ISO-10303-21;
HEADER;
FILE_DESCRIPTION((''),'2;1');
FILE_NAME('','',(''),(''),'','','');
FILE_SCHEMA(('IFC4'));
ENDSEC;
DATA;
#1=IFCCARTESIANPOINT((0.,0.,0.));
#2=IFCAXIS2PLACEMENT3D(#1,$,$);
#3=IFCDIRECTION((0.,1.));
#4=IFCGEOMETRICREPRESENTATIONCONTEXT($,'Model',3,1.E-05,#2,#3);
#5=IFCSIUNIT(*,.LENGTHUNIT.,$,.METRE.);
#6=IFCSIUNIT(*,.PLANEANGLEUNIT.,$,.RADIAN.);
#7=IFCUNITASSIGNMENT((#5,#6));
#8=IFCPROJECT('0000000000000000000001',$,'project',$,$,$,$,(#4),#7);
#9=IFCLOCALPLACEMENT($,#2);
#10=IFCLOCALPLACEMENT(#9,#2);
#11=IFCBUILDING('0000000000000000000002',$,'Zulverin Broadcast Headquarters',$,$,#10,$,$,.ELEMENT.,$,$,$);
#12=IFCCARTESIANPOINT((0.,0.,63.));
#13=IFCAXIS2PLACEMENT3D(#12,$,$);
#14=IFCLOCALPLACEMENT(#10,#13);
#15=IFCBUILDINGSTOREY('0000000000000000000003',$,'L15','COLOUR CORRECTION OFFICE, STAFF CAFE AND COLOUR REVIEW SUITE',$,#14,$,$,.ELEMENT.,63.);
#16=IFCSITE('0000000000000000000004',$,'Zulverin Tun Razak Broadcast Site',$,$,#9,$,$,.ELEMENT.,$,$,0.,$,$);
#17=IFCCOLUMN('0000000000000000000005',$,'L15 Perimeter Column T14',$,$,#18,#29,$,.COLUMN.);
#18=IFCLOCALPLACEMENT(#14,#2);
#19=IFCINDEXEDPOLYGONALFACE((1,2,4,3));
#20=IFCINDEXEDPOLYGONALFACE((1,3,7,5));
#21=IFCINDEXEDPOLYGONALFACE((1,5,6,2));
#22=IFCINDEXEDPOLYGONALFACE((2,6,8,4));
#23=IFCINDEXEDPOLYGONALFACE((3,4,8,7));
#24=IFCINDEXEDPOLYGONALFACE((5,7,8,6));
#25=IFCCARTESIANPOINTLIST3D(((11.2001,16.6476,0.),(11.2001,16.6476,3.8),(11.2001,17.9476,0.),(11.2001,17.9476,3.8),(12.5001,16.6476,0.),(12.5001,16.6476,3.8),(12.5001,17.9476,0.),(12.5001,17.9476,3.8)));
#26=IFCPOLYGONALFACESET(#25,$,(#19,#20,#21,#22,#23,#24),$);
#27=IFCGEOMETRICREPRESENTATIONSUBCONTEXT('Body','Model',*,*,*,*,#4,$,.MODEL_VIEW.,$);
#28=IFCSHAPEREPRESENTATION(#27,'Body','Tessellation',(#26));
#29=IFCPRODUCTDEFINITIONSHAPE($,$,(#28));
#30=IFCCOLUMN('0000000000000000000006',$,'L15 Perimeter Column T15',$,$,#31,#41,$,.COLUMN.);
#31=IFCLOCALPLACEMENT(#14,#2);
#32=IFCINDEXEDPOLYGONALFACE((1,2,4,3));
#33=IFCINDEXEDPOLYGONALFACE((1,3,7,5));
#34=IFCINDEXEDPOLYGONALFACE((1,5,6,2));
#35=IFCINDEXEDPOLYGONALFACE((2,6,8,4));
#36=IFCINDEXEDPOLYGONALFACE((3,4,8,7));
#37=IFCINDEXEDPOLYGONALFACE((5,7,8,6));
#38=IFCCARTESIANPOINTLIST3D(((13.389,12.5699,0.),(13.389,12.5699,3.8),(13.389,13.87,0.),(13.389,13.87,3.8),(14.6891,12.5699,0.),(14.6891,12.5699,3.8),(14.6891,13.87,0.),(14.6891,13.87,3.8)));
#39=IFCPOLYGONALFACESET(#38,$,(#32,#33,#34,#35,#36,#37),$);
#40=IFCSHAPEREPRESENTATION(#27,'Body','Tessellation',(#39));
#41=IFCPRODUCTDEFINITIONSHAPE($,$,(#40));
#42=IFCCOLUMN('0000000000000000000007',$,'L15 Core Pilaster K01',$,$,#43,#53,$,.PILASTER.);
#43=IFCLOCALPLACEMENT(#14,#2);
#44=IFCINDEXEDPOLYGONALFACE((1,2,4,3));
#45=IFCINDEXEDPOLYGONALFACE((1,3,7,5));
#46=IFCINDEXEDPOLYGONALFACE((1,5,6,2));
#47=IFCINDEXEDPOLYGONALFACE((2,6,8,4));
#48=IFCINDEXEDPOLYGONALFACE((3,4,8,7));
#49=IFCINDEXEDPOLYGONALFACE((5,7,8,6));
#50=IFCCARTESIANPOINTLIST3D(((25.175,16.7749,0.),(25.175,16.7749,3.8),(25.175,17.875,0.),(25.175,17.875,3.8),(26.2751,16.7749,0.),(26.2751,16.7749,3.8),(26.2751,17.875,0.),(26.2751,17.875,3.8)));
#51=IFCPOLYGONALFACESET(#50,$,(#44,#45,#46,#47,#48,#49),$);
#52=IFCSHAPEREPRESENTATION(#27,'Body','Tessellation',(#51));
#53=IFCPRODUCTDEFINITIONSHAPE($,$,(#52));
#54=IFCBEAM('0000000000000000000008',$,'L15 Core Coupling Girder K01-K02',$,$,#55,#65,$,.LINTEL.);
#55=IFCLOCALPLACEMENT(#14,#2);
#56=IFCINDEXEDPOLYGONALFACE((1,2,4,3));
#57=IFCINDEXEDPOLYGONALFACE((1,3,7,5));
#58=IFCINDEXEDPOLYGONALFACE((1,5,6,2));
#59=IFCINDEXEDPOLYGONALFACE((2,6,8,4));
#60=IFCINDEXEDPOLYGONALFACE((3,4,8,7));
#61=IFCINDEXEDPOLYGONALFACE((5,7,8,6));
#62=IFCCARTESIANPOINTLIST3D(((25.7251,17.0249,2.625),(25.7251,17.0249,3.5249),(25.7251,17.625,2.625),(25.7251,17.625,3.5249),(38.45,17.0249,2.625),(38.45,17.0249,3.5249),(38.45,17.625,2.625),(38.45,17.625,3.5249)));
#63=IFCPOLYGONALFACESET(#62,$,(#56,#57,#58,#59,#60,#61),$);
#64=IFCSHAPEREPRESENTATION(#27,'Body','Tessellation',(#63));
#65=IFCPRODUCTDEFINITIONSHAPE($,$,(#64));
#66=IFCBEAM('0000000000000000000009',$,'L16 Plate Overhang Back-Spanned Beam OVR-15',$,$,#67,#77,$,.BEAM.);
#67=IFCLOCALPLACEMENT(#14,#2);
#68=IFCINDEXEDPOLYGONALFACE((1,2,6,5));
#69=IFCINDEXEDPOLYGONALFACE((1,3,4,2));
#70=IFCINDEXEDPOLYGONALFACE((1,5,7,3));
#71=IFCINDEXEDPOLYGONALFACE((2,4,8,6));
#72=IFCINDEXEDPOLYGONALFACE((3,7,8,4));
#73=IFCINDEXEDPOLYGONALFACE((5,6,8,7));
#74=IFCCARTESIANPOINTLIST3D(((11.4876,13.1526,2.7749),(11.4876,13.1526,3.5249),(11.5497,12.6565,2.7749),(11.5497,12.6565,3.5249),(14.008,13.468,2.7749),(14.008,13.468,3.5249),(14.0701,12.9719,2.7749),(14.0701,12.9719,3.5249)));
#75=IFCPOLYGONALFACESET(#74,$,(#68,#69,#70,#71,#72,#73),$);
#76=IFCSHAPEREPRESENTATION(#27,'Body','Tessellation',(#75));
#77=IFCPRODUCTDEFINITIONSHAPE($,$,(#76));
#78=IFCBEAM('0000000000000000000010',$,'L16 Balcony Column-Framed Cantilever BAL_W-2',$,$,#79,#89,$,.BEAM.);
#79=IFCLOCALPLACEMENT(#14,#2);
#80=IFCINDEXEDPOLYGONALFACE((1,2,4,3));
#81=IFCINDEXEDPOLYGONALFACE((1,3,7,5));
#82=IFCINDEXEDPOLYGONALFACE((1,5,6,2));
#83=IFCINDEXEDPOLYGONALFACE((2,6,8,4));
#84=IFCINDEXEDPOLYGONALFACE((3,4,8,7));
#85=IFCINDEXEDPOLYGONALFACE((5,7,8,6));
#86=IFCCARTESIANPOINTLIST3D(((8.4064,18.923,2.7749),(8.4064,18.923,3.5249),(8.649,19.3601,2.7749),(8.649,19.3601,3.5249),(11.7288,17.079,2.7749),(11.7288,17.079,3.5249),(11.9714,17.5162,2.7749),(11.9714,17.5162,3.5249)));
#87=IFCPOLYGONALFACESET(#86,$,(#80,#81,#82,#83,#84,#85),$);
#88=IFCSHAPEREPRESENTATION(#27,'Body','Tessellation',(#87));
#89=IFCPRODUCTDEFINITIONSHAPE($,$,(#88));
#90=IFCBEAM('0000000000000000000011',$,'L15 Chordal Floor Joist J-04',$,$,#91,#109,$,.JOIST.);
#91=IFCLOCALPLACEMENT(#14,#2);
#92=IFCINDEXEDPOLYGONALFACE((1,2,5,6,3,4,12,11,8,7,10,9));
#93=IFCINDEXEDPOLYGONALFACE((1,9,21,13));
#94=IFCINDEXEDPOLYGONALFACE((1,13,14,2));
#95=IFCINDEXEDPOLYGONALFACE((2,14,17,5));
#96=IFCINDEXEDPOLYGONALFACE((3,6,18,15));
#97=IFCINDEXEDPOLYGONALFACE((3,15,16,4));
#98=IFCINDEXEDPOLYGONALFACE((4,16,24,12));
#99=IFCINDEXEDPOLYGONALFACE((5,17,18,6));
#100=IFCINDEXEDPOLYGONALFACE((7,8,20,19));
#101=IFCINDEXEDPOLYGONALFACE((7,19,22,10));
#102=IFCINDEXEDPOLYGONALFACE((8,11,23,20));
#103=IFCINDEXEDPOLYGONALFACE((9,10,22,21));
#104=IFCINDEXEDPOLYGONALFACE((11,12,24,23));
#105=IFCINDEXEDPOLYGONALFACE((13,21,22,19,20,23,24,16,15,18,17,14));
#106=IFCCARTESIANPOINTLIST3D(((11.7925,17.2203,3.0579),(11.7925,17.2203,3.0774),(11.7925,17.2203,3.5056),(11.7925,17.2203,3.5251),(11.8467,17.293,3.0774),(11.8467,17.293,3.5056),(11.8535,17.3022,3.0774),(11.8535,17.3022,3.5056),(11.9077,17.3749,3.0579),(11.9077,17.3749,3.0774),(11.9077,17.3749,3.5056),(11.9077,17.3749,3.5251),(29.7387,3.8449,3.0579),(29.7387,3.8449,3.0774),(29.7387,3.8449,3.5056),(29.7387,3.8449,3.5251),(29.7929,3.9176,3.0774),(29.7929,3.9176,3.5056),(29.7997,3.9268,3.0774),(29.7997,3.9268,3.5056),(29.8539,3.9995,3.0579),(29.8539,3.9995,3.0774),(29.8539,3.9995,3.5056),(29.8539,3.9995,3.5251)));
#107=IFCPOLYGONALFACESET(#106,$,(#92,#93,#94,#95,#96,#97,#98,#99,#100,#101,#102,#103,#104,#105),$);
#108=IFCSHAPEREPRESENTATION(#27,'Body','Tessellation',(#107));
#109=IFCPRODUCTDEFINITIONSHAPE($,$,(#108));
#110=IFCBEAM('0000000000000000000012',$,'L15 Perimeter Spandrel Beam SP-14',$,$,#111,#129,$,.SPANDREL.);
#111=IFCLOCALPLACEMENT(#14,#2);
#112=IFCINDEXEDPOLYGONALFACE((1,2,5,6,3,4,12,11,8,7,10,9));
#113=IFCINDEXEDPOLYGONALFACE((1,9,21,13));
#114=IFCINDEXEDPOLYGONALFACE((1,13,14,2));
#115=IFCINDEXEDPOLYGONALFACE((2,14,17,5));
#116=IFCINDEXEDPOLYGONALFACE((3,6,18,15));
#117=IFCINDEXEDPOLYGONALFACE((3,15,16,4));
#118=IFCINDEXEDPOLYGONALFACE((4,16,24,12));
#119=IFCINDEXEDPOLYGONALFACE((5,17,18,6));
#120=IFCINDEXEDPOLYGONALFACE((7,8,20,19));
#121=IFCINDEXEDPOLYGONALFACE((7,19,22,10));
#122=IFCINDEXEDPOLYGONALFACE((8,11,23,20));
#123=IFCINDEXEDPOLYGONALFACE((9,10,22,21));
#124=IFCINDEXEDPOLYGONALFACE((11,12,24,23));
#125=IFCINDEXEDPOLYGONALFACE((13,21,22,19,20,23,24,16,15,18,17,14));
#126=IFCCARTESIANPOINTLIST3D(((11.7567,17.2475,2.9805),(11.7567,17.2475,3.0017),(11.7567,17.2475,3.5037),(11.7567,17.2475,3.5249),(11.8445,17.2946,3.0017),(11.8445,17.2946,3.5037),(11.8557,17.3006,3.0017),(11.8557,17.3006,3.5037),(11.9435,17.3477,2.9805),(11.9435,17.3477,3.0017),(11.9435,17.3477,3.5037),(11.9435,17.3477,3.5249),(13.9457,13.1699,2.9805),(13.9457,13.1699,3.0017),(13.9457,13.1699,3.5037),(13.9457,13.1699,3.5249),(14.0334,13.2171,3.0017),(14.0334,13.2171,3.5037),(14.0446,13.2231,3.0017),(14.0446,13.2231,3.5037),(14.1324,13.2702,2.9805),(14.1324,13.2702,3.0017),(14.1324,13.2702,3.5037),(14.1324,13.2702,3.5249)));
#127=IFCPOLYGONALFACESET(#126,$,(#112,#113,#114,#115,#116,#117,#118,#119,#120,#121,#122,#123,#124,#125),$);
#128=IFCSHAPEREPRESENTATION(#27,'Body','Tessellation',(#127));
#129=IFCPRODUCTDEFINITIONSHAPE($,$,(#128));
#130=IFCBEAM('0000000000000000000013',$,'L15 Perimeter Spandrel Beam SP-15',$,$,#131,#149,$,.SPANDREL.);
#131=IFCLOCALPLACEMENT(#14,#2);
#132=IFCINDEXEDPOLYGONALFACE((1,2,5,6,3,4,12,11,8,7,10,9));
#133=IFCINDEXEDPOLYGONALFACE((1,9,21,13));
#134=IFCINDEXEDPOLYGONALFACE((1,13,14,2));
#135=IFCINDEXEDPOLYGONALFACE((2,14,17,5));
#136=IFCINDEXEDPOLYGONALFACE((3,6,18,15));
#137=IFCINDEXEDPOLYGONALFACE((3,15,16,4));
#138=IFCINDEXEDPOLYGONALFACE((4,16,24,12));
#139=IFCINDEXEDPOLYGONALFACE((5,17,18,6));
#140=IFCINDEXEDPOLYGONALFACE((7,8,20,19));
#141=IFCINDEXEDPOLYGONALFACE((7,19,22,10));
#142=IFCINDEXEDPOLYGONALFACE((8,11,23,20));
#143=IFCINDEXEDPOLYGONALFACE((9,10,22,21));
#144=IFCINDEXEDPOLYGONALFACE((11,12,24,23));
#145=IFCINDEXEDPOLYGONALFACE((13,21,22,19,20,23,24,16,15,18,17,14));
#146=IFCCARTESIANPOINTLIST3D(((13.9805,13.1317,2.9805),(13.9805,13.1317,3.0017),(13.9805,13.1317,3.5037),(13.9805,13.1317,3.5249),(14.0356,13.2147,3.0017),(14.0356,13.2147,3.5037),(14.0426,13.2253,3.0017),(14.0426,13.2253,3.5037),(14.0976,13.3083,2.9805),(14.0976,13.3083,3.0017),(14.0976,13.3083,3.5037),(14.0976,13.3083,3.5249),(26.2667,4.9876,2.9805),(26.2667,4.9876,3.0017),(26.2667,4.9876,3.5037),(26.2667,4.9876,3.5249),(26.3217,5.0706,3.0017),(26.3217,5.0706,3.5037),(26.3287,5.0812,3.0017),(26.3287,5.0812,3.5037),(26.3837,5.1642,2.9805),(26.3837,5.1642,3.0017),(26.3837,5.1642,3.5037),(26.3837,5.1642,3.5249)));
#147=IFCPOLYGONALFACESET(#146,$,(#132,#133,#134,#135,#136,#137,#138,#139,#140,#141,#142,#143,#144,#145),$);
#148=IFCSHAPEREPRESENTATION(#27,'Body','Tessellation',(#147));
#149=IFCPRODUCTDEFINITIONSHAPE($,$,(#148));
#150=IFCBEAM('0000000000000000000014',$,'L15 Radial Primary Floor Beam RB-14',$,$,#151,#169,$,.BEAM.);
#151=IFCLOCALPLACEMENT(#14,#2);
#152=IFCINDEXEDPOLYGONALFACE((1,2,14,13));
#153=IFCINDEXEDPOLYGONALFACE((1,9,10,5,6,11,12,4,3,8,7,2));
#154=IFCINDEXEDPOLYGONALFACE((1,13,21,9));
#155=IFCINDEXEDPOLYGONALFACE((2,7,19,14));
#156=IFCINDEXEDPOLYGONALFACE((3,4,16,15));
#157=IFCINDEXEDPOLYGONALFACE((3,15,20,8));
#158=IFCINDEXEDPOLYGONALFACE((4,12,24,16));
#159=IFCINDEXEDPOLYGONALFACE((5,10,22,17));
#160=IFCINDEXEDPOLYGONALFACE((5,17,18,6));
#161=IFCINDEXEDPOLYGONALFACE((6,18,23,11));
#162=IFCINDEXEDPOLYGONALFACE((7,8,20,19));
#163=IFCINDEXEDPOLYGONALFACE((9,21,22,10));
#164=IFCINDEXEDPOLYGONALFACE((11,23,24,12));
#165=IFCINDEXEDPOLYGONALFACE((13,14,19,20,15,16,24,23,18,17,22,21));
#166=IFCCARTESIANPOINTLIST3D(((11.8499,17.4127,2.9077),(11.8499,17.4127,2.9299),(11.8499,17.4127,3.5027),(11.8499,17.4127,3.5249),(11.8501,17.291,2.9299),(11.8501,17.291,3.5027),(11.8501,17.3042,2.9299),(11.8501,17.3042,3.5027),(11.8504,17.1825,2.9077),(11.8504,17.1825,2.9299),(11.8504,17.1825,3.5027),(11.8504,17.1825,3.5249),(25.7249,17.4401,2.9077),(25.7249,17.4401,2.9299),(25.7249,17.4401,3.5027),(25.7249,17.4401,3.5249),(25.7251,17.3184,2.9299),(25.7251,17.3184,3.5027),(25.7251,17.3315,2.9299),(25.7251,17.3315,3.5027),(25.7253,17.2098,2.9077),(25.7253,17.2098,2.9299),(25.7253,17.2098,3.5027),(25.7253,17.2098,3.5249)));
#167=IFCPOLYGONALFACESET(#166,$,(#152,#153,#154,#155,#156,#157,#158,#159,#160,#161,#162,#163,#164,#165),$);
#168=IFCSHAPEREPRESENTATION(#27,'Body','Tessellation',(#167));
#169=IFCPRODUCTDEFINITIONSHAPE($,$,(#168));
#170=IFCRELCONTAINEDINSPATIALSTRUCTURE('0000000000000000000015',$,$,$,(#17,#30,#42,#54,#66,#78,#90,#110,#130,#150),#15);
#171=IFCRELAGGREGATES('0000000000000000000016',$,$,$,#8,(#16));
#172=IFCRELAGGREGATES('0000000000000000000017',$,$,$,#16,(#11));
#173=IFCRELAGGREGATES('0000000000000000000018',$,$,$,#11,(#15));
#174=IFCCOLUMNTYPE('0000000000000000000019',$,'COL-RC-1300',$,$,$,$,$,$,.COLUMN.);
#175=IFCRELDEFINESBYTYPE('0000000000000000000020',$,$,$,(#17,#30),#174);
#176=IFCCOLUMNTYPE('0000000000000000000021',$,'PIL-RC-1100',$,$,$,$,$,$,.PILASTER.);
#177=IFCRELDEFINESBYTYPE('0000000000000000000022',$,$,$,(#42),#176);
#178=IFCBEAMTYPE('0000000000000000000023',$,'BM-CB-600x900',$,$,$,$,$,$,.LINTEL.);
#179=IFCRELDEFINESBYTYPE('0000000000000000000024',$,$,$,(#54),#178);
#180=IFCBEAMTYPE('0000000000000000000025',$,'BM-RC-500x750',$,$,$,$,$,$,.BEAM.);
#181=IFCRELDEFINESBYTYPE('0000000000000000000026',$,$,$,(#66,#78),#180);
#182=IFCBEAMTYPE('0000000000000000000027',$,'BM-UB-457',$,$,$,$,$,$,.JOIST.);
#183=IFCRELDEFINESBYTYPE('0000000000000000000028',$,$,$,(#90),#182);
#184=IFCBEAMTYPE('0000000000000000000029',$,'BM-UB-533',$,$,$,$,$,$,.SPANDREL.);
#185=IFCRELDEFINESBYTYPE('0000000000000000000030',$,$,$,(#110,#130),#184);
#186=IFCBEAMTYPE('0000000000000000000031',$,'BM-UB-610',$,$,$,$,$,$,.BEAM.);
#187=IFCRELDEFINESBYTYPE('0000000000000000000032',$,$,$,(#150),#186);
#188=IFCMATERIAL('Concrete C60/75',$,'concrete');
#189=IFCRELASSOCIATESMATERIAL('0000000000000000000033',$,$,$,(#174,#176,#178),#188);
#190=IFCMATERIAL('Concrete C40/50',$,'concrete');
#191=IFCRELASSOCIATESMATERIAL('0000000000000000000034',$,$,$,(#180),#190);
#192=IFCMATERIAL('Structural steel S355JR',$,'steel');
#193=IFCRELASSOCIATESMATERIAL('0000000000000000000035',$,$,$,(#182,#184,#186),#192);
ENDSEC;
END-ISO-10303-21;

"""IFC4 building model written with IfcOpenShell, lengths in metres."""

from ifc_helpers import new_model, si_unit, direction, frame, origin, origin_2d, place, context, subcontext, project, spatial, rectangle, i_section, extrude, material, material_profile, profile_set, type_object, element, save


model = new_model("IFC4")

# Units and contexts
model_context = context("Model", 3, precision=1e-05, world=origin(), true_north=direction((0.0, 1.0)))
body_context = subcontext(model_context, "Body", "Model", "MODEL_VIEW")
ifc_project = project(units=[si_unit("LENGTHUNIT", "METRE"), si_unit("PLANEANGLEUNIT", "RADIAN")], contexts=[model_context])

# Site, building, storey
site_placement = place(None, origin())
site = spatial("IfcSite", under=ifc_project, at=site_placement, Name="Zulverin Tun Razak Broadcast Site", CompositionType="ELEMENT", RefElevation=0.0)
building_placement = place(site_placement, origin())
building = spatial("IfcBuilding", under=site, at=building_placement, Name="Zulverin Broadcast Headquarters", CompositionType="ELEMENT")
storey_placement = place(building_placement, frame((0.0, 0.0, 63.0)))
storey = spatial("IfcBuildingStorey", under=building, at=storey_placement, Name="L15", Description="COLOUR CORRECTION OFFICE, STAFF CAFE AND COLOUR REVIEW SUITE", CompositionType="ELEMENT", Elevation=63.0)

# Columns
ifc_material_1 = material(Name="Concrete C60/75", Category="concrete")
ifc_material_profile_1 = material_profile(ifc_material_1, rectangle(XDim=1.3, YDim=1.3, at=origin_2d()), Name="Concrete C60/75", Category="concrete")
ifc_profile_set_1 = profile_set([ifc_material_profile_1], Name="Concrete C60/75")
column_type_1 = type_object("IfcColumnType", Name="COL-RC-1300", PredefinedType="COLUMN", material=ifc_profile_set_1)
for number, where, z_axis, x_axis, name in (
    (1, (11.8501, 17.2976, 0.0), (0.0, 0.0, 1.0), (1.0, 0.0, 0.0), "L15 Perimeter Column T14"),
    (2, (14.0391, 13.22, 0.0), (0.0, 0.0, 1.0), (1.0, 0.0, 0.0), "L15 Perimeter Column T15"),
):
    element("IfcColumn", number, at=place(storey_placement, frame(where, z_axis=z_axis, x_axis=x_axis)), inside=storey, type_object=column_type_1, Name=name, PredefinedType="COLUMN", context=body_context, shape_type="SweptSolid", body=[
        extrude(rectangle(XDim=1.3, YDim=1.3, at=origin_2d()), origin(), (0.0, 0.0, 1.0), 3.8),
    ])
ifc_material_profile_2 = material_profile(ifc_material_1, rectangle(XDim=1.1001, YDim=1.1001, at=origin_2d()), Name="Concrete C60/75", Category="concrete")
ifc_profile_set_2 = profile_set([ifc_material_profile_2], Name="Concrete C60/75")
column_type_2 = type_object("IfcColumnType", Name="PIL-RC-1100", PredefinedType="PILASTER", material=ifc_profile_set_2)
column_placement = place(storey_placement, frame((25.7251, 17.325, 0.0), z_axis=(0.0, 0.0, 1.0), x_axis=(1.0, 0.0, 0.0)))
element("IfcColumn", 3, at=column_placement, inside=storey, type_object=column_type_2, Name="L15 Core Pilaster K01", PredefinedType="PILASTER", context=body_context, shape_type="SweptSolid", body=[
    extrude(rectangle(XDim=1.1001, YDim=1.1001, at=origin_2d()), origin(), (0.0, 0.0, 1.0), 3.8),
])

# Beams
ifc_material_profile_3 = material_profile(ifc_material_1, rectangle(XDim=0.6001, YDim=0.8999, at=origin_2d()), Name="Concrete C60/75", Category="concrete")
ifc_profile_set_3 = profile_set([ifc_material_profile_3], Name="Concrete C60/75")
beam_type_1 = type_object("IfcBeamType", Name="BM-CB-600x900", PredefinedType="LINTEL", material=ifc_profile_set_3)
beam_1_placement = place(storey_placement, frame((25.7251, 17.325, 3.075), z_axis=(1.0, 0.0, 0.0), x_axis=(0.0, 1.0, 0.0)))
element("IfcBeam", 4, at=beam_1_placement, inside=storey, type_object=beam_type_1, Name="L15 Core Coupling Girder K01-K02", PredefinedType="LINTEL", context=body_context, shape_type="SweptSolid", body=[
    extrude(rectangle(XDim=0.6001, YDim=0.8999, at=origin_2d()), origin(), (0.0, 0.0, 1.0), 12.7249),
])
ifc_material_2 = material(Name="Concrete C40/50", Category="concrete")
ifc_material_profile_4 = material_profile(ifc_material_2, rectangle(XDim=0.5, YDim=0.75, at=origin_2d()), Name="Concrete C40/50", Category="concrete")
ifc_profile_set_4 = profile_set([ifc_material_profile_4], Name="Concrete C40/50")
beam_type_2 = type_object("IfcBeamType", Name="BM-RC-500x750", PredefinedType="BEAM", material=ifc_profile_set_4)
beam_2_placement = place(storey_placement, frame((14.0391, 13.22, 3.1499), z_axis=(-0.992259, -0.124189, 0.0), x_axis=(0.124189, -0.992259, 0.0)))
element("IfcBeam", 5, at=beam_2_placement, inside=storey, type_object=beam_type_2, Name="L16 Plate Overhang Back-Spanned Beam OVR-15", PredefinedType="BEAM", context=body_context, shape_type="SweptSolid", body=[
    extrude(rectangle(XDim=0.5, YDim=0.75, at=origin_2d()), origin(), (0.0, 0.0, 1.0), 2.54),
])
beam_3_placement = place(storey_placement, frame((11.8501, 17.2976, 3.1499), z_axis=(-0.874363, 0.485272, 0.0), x_axis=(-0.485272, -0.874363, 0.0)))
element("IfcBeam", 6, at=beam_3_placement, inside=storey, type_object=beam_type_2, Name="L16 Balcony Column-Framed Cantilever BAL_W-2", PredefinedType="BEAM", context=body_context, shape_type="SweptSolid", body=[
    extrude(rectangle(XDim=0.5, YDim=0.75, at=origin_2d()), origin(), (0.0, 0.0, 1.0), 3.7998),
])
ifc_material_3 = material(Name="Structural steel S355JR", Category="steel")
ifc_material_profile_5 = material_profile(ifc_material_3, i_section(OverallWidth=0.1929, OverallDepth=0.4673, WebThickness=0.0115, FlangeThickness=0.0195, at=origin_2d()), Name="Structural steel S355JR", Category="steel")
ifc_profile_set_5 = profile_set([ifc_material_profile_5], Name="Structural steel S355JR")
beam_type_3 = type_object("IfcBeamType", Name="BM-UB-457", PredefinedType="JOIST", material=ifc_profile_set_5)
beam_4_placement = place(storey_placement, frame((11.8501, 17.2976, 3.2915), z_axis=(0.801803, -0.597589, 0.0), x_axis=(0.597589, 0.801803, 0.0)))
element("IfcBeam", 7, at=beam_4_placement, inside=storey, type_object=beam_type_3, Name="L15 Chordal Floor Joist J-04", PredefinedType="JOIST", context=body_context, shape_type="SweptSolid", body=[
    extrude(i_section(OverallWidth=0.1929, OverallDepth=0.4673, WebThickness=0.0115, FlangeThickness=0.0195, at=origin_2d()), origin(), (0.0, 0.0, 1.0), 22.3823),
])
ifc_material_profile_6 = material_profile(ifc_material_3, i_section(OverallWidth=0.2119, OverallDepth=0.5444, WebThickness=0.0127, FlangeThickness=0.0212, at=origin_2d()), Name="Structural steel S355JR", Category="steel")
ifc_profile_set_6 = profile_set([ifc_material_profile_6], Name="Structural steel S355JR")
beam_type_4 = type_object("IfcBeamType", Name="BM-UB-533", PredefinedType="SPANDREL", material=ifc_profile_set_6)
beam_5_placement = place(storey_placement, frame((11.8501, 17.2976, 3.2527), z_axis=(0.47298, -0.881073, 0.0), x_axis=(0.881073, 0.47298, 0.0)))
element("IfcBeam", 8, at=beam_5_placement, inside=storey, type_object=beam_type_4, Name="L15 Perimeter Spandrel Beam SP-14", PredefinedType="SPANDREL", context=body_context, shape_type="SweptSolid", body=[
    extrude(i_section(OverallWidth=0.2119, OverallDepth=0.5444, WebThickness=0.0127, FlangeThickness=0.0212, at=origin_2d()), origin(), (0.0, 0.0, 1.0), 4.6279),
])
beam_6_placement = place(storey_placement, frame((14.0391, 13.22, 3.2527), z_axis=(0.83351, -0.552504, 0.0), x_axis=(0.552504, 0.83351, 0.0)))
element("IfcBeam", 9, at=beam_6_placement, inside=storey, type_object=beam_type_4, Name="L15 Perimeter Spandrel Beam SP-15", PredefinedType="SPANDREL", context=body_context, shape_type="SweptSolid", body=[
    extrude(i_section(OverallWidth=0.2119, OverallDepth=0.5444, WebThickness=0.0127, FlangeThickness=0.0212, at=origin_2d()), origin(), (0.0, 0.0, 1.0), 14.7402),
])
ifc_material_profile_7 = material_profile(ifc_material_3, i_section(OverallWidth=0.2302, OverallDepth=0.6172, WebThickness=0.0132, FlangeThickness=0.0222, at=origin_2d()), Name="Structural steel S355JR", Category="steel")
ifc_profile_set_7 = profile_set([ifc_material_profile_7], Name="Structural steel S355JR")
beam_type_5 = type_object("IfcBeamType", Name="BM-UB-610", PredefinedType="BEAM", material=ifc_profile_set_7)
beam_7_placement = place(storey_placement, frame((25.7251, 17.325, 3.2163), z_axis=(-0.999998, -0.001971, 0.0), x_axis=(0.001971, -0.999998, 0.0)))
element("IfcBeam", 10, at=beam_7_placement, inside=storey, type_object=beam_type_5, Name="L15 Radial Primary Floor Beam RB-14", PredefinedType="BEAM", context=body_context, shape_type="SweptSolid", body=[
    extrude(i_section(OverallWidth=0.2302, OverallDepth=0.6172, WebThickness=0.0132, FlangeThickness=0.0222, at=origin_2d()), origin(), (0.0, 0.0, 1.0), 13.875),
])

save(model, "model.ifc")
